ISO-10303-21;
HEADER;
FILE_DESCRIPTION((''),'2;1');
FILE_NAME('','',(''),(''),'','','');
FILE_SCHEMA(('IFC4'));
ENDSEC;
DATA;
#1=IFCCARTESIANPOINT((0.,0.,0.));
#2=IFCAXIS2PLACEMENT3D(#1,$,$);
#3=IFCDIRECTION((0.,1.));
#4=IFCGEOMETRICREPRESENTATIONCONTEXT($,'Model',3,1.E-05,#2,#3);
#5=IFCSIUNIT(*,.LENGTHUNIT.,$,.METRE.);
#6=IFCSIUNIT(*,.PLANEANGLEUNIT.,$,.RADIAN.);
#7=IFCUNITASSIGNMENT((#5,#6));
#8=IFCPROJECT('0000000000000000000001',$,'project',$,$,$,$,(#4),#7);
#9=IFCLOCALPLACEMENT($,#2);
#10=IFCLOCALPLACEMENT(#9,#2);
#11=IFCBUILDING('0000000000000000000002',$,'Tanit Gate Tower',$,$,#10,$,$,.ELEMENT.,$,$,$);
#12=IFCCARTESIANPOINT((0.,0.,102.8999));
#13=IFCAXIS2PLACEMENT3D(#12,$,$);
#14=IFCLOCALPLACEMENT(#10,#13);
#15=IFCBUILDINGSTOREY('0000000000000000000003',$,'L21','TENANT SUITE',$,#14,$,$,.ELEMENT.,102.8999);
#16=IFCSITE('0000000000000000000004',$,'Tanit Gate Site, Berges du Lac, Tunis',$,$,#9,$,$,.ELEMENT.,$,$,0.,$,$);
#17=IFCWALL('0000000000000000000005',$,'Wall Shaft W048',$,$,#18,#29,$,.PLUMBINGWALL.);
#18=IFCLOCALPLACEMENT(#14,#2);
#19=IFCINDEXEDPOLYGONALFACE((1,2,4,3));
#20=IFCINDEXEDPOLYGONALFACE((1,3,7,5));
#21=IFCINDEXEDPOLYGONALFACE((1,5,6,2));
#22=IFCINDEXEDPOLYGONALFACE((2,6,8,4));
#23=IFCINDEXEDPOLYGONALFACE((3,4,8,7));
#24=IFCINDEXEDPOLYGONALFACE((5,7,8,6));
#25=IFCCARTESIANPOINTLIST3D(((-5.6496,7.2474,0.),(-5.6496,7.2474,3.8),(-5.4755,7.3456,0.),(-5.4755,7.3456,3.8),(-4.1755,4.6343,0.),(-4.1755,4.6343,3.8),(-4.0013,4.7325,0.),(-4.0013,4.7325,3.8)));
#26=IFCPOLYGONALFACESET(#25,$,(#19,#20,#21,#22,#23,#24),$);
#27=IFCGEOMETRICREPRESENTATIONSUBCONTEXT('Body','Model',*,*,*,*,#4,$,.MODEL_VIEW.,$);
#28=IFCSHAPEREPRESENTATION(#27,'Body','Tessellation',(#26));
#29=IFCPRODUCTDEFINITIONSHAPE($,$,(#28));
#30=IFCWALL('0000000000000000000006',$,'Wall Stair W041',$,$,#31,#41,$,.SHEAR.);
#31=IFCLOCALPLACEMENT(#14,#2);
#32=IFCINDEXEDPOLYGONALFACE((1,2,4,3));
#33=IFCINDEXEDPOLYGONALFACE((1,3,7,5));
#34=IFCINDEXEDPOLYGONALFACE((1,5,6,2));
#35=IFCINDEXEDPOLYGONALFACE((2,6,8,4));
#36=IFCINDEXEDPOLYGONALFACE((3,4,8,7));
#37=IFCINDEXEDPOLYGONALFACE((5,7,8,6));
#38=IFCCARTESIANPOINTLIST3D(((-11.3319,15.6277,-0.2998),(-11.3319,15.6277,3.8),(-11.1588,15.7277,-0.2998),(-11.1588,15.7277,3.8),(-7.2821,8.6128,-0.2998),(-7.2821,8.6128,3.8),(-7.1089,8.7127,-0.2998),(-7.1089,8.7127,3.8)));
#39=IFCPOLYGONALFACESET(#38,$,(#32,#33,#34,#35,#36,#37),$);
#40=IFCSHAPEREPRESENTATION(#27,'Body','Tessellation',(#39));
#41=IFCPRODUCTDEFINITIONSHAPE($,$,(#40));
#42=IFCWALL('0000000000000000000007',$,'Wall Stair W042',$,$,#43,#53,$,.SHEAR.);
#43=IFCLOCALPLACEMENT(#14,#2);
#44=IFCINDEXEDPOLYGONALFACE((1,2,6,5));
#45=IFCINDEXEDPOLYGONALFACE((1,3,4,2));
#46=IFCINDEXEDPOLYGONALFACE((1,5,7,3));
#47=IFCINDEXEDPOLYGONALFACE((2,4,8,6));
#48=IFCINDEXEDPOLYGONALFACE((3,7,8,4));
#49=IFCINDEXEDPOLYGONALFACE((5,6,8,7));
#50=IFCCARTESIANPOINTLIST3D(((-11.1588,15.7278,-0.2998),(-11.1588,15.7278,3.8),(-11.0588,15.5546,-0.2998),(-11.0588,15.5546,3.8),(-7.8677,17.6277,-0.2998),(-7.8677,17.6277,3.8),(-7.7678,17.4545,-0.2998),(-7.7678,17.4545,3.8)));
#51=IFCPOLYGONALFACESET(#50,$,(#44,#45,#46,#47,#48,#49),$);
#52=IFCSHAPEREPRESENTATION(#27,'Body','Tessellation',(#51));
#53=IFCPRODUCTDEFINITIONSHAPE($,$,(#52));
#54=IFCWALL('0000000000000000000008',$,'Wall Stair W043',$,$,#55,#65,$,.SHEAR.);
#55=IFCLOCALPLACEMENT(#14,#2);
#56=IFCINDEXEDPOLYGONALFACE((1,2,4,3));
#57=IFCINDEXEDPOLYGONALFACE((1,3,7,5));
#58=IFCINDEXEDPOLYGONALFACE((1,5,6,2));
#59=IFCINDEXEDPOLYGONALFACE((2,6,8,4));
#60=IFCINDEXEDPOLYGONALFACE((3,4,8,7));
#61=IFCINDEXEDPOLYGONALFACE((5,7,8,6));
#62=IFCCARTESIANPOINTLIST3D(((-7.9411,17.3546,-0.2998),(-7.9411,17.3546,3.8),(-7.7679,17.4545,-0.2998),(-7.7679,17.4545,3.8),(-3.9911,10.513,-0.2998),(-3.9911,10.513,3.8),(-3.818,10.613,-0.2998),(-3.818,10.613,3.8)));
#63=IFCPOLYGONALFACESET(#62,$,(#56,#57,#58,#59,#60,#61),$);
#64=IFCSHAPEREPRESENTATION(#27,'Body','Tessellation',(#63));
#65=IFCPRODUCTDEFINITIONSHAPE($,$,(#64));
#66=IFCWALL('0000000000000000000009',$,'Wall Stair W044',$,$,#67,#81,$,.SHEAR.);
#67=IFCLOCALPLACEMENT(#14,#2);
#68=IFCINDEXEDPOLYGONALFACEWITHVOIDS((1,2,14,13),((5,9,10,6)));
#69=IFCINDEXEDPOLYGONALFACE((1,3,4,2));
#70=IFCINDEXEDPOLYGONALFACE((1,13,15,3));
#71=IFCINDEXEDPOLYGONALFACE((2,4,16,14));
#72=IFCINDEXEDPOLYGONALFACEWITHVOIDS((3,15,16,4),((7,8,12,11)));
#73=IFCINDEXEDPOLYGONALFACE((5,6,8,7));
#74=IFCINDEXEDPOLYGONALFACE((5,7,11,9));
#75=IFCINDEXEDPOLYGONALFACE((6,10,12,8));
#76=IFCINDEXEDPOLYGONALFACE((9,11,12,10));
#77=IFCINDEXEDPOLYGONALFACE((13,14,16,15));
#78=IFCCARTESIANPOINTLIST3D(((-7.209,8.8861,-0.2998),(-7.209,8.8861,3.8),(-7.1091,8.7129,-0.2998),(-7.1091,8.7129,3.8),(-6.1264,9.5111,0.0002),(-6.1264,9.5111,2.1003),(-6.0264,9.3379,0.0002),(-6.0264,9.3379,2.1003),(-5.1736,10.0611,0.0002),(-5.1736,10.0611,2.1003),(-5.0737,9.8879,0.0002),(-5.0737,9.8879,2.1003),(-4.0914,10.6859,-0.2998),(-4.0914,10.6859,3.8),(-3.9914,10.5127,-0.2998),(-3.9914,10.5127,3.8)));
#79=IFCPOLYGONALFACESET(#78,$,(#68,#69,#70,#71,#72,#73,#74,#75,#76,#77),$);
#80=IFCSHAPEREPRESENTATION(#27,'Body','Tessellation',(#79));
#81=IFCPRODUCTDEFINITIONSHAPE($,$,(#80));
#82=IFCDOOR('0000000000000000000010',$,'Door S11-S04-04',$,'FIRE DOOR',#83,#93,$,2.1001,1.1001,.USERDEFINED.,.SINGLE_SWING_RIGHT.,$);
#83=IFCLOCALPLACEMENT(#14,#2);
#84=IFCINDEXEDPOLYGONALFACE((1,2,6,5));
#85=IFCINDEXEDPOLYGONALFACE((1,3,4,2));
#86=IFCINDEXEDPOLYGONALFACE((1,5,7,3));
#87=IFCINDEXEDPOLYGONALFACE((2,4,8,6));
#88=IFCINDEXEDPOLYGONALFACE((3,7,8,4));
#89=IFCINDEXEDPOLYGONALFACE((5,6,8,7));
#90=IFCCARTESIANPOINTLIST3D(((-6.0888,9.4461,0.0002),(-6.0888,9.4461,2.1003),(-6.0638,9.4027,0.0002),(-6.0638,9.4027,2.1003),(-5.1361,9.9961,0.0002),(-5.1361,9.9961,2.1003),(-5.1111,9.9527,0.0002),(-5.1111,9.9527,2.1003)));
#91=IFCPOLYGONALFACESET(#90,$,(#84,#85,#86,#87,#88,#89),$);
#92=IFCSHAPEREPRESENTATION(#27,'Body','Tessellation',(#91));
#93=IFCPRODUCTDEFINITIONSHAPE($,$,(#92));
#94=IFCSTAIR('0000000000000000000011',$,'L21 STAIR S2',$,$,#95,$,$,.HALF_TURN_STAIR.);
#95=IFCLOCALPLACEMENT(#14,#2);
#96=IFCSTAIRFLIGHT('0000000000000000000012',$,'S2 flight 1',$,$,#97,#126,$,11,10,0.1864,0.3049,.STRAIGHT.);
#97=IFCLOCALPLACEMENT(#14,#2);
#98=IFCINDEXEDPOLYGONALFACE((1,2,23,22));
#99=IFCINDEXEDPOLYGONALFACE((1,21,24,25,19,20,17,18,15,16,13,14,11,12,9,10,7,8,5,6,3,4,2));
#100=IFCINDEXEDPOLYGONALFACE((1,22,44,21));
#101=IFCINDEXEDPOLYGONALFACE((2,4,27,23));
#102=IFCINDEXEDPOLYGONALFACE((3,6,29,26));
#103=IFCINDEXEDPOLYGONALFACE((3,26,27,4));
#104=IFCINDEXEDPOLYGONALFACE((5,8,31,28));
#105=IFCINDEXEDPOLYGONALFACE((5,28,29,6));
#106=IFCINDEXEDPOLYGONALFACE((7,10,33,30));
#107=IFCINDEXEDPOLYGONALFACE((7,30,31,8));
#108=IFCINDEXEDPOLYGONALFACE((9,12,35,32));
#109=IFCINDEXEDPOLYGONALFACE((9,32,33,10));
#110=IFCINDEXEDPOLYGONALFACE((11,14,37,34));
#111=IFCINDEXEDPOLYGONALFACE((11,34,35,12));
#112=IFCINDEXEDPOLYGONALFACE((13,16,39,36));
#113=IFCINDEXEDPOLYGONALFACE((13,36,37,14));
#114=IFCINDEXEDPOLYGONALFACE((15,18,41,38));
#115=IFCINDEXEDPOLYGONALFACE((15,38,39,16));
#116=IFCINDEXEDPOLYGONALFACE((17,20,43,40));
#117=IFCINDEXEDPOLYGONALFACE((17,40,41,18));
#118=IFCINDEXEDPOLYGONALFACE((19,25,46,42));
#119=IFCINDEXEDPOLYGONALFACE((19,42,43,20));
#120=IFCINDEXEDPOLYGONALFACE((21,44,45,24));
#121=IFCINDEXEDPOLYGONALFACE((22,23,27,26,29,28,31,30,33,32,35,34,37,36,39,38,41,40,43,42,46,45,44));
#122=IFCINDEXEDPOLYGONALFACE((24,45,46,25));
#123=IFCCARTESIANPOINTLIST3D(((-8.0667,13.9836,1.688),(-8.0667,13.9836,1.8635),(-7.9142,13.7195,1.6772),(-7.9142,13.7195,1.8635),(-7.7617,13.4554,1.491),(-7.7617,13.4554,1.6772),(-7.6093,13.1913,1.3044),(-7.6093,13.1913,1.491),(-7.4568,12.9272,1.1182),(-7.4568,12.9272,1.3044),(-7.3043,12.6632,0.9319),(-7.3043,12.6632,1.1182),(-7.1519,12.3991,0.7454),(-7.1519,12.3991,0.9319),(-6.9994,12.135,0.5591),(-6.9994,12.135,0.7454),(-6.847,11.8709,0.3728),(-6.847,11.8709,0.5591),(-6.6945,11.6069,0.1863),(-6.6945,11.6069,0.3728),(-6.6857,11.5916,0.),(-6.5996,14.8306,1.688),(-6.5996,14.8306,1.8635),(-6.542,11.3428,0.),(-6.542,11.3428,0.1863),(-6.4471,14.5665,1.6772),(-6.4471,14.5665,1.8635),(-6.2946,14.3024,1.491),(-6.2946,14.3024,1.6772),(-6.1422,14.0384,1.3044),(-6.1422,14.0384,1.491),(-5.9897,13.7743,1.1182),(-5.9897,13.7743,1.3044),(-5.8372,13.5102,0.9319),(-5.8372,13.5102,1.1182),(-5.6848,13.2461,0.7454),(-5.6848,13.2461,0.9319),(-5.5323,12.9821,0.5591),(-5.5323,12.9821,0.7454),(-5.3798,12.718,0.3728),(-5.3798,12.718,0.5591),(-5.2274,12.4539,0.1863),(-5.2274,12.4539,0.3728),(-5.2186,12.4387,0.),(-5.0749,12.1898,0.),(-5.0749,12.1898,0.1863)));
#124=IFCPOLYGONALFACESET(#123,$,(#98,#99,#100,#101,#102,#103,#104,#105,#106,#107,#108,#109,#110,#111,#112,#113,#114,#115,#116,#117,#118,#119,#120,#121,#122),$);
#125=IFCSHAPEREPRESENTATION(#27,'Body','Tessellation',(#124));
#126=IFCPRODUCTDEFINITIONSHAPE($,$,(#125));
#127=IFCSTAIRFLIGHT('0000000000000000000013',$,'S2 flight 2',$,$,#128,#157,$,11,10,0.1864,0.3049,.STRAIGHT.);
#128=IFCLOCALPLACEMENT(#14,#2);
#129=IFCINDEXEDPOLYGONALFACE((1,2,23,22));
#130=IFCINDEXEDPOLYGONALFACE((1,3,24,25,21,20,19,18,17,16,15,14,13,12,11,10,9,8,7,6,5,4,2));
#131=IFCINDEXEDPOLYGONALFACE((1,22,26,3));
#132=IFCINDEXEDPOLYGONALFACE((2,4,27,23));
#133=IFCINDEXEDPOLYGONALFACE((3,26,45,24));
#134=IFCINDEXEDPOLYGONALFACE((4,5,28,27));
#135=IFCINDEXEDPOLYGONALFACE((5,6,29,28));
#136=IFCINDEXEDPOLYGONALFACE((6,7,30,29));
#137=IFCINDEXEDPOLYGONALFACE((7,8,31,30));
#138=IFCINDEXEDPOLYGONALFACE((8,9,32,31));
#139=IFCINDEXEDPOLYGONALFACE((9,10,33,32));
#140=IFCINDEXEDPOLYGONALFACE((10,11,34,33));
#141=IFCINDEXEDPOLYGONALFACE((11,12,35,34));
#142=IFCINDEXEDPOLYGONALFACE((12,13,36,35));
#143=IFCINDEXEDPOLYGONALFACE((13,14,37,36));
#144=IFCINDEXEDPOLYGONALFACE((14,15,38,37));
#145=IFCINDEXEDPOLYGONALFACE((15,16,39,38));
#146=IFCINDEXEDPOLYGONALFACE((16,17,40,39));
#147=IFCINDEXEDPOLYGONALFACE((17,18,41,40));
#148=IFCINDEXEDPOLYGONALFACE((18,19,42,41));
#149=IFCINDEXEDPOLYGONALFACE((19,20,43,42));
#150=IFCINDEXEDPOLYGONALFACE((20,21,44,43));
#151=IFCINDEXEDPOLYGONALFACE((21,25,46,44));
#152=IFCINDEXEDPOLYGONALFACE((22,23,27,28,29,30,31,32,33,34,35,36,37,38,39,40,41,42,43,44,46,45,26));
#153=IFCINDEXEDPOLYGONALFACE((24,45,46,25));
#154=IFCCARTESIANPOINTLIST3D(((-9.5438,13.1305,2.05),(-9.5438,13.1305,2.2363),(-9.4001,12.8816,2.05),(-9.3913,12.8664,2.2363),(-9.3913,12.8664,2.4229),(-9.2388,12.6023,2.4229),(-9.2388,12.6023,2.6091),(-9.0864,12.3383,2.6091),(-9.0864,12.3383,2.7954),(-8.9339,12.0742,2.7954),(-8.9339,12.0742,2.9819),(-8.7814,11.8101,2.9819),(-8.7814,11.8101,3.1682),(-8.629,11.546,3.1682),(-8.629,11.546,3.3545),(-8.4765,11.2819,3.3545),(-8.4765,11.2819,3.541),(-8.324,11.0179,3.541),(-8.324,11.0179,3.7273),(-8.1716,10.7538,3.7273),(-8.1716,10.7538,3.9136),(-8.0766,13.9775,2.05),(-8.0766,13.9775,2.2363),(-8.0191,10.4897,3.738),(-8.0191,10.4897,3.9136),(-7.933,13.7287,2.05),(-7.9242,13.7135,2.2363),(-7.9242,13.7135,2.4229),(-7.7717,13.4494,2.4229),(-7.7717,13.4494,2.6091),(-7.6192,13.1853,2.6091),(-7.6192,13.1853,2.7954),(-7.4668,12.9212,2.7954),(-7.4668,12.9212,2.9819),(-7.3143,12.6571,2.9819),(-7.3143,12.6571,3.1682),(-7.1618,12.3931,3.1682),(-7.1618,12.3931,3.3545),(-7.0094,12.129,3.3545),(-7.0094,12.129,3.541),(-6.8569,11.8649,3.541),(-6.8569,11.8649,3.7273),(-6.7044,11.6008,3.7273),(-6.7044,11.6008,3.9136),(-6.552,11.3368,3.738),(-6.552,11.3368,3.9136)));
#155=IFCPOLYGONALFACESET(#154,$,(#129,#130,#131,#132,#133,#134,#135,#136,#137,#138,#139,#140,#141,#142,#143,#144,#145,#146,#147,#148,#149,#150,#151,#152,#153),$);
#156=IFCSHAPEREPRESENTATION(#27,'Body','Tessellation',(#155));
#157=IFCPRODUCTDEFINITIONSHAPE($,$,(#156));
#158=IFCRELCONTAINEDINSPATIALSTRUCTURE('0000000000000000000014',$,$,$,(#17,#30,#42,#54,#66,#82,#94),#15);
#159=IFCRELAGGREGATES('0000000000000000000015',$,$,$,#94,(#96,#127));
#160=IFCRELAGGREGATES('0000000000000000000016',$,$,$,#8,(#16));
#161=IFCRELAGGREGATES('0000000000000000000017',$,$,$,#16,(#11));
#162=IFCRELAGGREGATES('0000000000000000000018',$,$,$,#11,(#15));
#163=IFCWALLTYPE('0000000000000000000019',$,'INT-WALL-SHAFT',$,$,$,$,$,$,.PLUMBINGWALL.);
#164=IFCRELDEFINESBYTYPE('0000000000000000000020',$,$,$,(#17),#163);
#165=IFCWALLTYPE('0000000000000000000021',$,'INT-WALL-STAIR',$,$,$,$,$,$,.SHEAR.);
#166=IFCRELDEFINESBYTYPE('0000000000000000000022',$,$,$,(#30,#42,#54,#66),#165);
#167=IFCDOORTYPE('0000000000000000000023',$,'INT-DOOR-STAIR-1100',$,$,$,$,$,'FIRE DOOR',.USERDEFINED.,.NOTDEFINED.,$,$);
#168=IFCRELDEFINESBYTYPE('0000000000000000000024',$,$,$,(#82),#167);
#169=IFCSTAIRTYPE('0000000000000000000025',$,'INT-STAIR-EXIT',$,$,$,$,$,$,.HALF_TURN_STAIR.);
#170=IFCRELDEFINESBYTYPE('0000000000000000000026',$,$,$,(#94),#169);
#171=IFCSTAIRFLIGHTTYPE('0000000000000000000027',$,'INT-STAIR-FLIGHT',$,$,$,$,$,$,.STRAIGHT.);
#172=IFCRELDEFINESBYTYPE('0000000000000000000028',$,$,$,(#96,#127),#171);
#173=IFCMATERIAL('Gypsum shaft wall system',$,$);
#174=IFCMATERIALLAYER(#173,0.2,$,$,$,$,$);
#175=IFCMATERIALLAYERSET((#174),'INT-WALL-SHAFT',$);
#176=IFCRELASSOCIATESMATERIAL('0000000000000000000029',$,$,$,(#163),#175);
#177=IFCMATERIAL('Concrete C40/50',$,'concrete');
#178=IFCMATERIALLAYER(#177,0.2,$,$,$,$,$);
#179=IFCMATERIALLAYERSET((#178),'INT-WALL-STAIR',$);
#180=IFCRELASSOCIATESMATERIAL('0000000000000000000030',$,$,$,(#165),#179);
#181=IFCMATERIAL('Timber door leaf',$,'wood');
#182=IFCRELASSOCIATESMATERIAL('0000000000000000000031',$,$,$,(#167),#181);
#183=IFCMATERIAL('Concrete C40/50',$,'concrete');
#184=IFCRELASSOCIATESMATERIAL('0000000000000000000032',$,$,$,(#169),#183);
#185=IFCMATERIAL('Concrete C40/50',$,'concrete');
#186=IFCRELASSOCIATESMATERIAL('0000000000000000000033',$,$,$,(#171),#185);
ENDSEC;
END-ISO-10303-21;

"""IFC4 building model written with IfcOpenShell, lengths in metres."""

from ifc_helpers import new_model, si_unit, direction, frame, frame_2d, origin, place, context, subcontext, project, spatial, polyline, rectangle, outline, extrude, material, layer, layer_set, type_object, element, fill, aggregate, save


model = new_model("IFC4")

# Units and contexts
model_context = context("Model", 3, precision=1e-05, world=origin(), true_north=direction((0.0, 1.0)))
body_context = subcontext(model_context, "Body", "Model", "MODEL_VIEW")
ifc_project = project(units=[si_unit("LENGTHUNIT", "METRE"), si_unit("PLANEANGLEUNIT", "RADIAN")], contexts=[model_context])

# Site, building, storey
site_placement = place(None, origin())
site = spatial("IfcSite", under=ifc_project, at=site_placement, Name="Tanit Gate Site, Berges du Lac, Tunis", CompositionType="ELEMENT", RefElevation=0.0)
building_placement = place(site_placement, origin())
building = spatial("IfcBuilding", under=site, at=building_placement, Name="Tanit Gate Tower", CompositionType="ELEMENT")
storey_placement = place(building_placement, frame((0.0, 0.0, 102.8999)))
storey = spatial("IfcBuildingStorey", under=building, at=storey_placement, Name="L21", Description="TENANT SUITE", CompositionType="ELEMENT", Elevation=102.8999)

# Shared definitions
ifc_material_1 = material(Name="Gypsum shaft wall system")
ifc_layer_1 = layer(ifc_material_1, 0.2)
ifc_layer_set_1 = layer_set([ifc_layer_1], Name="INT-WALL-SHAFT")
wall_type_1 = type_object("IfcWallType", Name="INT-WALL-SHAFT", PredefinedType="PLUMBINGWALL", material=ifc_layer_set_1)

# Walls
wall_1_placement = place(storey_placement, frame((-5.5625, 7.2964, 0.0), z_axis=(0.0, 0.0, 1.0), x_axis=(0.491347, -0.870964, 0.0)))
element("IfcWall", 1, at=wall_1_placement, inside=storey, type_object=wall_type_1, Name="Wall Shaft W048", PredefinedType="PLUMBINGWALL", context=body_context, shape_type="SweptSolid", body=[
    extrude(rectangle(XDim=3.0002, YDim=0.2, at=frame_2d((1.5, 0.0))), origin(), (0.0, 0.0, 1.0), 3.8),
])
ifc_material_2 = material(Name="Concrete C40/50", Category="concrete")
ifc_layer_2 = layer(ifc_material_2, 0.2)
ifc_layer_set_2 = layer_set([ifc_layer_2], Name="INT-WALL-STAIR")
wall_type_2 = type_object("IfcWallType", Name="INT-WALL-STAIR", PredefinedType="SHEAR", material=ifc_layer_set_2)
wall_2_placement = place(storey_placement, frame((-11.2454, 15.6777, -0.2998), z_axis=(0.0, 0.0, 1.0), x_axis=(0.499977, -0.866039, 0.0)))
element("IfcWall", 2, at=wall_2_placement, inside=storey, type_object=wall_type_2, Name="Wall Stair W041", PredefinedType="SHEAR", context=body_context, shape_type="SweptSolid", body=[
    extrude(rectangle(XDim=8.1001, YDim=0.2, at=frame_2d((4.05, 0.0))), origin(), (0.0, 0.0, 1.0), 4.0999),
])
wall_3_placement = place(storey_placement, frame((-7.8179, 17.541, -0.2998), z_axis=(0.0, 0.0, 1.0), x_axis=(-0.866044, -0.499967, 0.0)))
element("IfcWall", 3, at=wall_3_placement, inside=storey, type_object=wall_type_2, Name="Wall Stair W042", PredefinedType="SHEAR", context=body_context, shape_type="SweptSolid", body=[
    extrude(rectangle(XDim=3.8, YDim=0.2, at=frame_2d((1.8999, 0.0))), origin(), (0.0, 0.0, 1.0), 4.0999),
])
wall_4_placement = place(storey_placement, frame((-7.8545, 17.4045, -0.2998), z_axis=(0.0, 0.0, 1.0), x_axis=(0.499998, -0.866027, 0.0)))
element("IfcWall", 4, at=wall_4_placement, inside=storey, type_object=wall_type_2, Name="Wall Stair W043", PredefinedType="SHEAR", context=body_context, shape_type="SweptSolid", body=[
    extrude(rectangle(XDim=7.8999, YDim=0.2, at=frame_2d((3.95, 0.0))), origin(), (0.0, 0.0, 1.0), 4.0999),
])

# Wall, opening, door
wall_5_placement = place(storey_placement, frame((-7.1589, 8.7996, -0.2998), z_axis=(0.0, 0.0, 1.0), x_axis=(0.866048, 0.499961, 0.0)))
wall_5 = element("IfcWall", 5, at=wall_5_placement, inside=storey, type_object=wall_type_2, Name="Wall Stair W044", PredefinedType="SHEAR", context=body_context, shape_type="SweptSolid", body=[
    extrude(rectangle(XDim=3.5999, YDim=0.2, at=frame_2d((1.7998, 0.0))), origin(), (0.0, 0.0, 1.0), 4.0999),
])
opening_1_placement = place(wall_5_placement, frame((1.25, 0.0, 0.3)))
opening_1 = element("IfcOpeningElement", 6, at=opening_1_placement, cuts=wall_5, PredefinedType="OPENING", context=body_context, shape_type="SweptSolid", body=[
    extrude(rectangle(XDim=1.1001, YDim=2.1001, at=frame_2d((0.55, 1.05))), frame((0.0, 0.1099, 0.0), z_axis=(0.0, -1.0, 0.0), x_axis=(1.0, 0.0, 0.0)), (0.0, 0.0, 1.0), 0.22),
])
ifc_material_3 = material(Name="Timber door leaf", Category="wood")
door_type_1 = type_object("IfcDoorType", Name="INT-DOOR-STAIR-1100", ElementType="FIRE DOOR", OperationType="NOTDEFINED", PredefinedType="USERDEFINED", material=ifc_material_3)
door_1_placement = place(opening_1_placement, origin())
door_1 = element("IfcDoor", 7, at=door_1_placement, inside=storey, type_object=door_type_1, Name="Door S11-S04-04", ObjectType="FIRE DOOR", OperationType="SINGLE_SWING_RIGHT", OverallHeight=2.1001, OverallWidth=1.1001, PredefinedType="USERDEFINED", context=body_context, shape_type="SweptSolid", body=[
    extrude(rectangle(XDim=1.1001, YDim=2.1001, at=frame_2d((0.55, 1.05))), frame((0.0, 0.0249, 0.0), z_axis=(0.0, -1.0, 0.0), x_axis=(1.0, 0.0, 0.0)), (0.0, 0.0, 1.0), 0.05),
])
fill(opening_1, door_1)

# Stair, stair flights
ifc_material_4 = material(Name="Concrete C40/50", Category="concrete")
stair_type = type_object("IfcStairType", Name="INT-STAIR-EXIT", PredefinedType="HALF_TURN_STAIR", material=ifc_material_4)
stair_placement = place(storey_placement, origin())
stair = element("IfcStair", 8, at=stair_placement, inside=storey, type_object=stair_type, Name="L21 STAIR S2", PredefinedType="HALF_TURN_STAIR")
ifc_material_5 = material(Name="Concrete C40/50", Category="concrete")
stair_flight_type = type_object("IfcStairFlightType", Name="INT-STAIR-FLIGHT", PredefinedType="STRAIGHT", material=ifc_material_5)
stair_flight_1_placement = place(storey_placement, frame((-5.8083, 11.7664, 0.0), z_axis=(0.0, 0.0, 1.0), x_axis=(-0.5, 0.866025, 0.0)))
stair_flight_1 = element("IfcStairFlight", 9, at=stair_flight_1_placement, type_object=stair_flight_type, Name="S2 flight 1", NumberOfRisers=11, NumberOfTreads=10, PredefinedType="STRAIGHT", RiserHeight=0.1864, TreadLength=0.3049, context=body_context, shape_type="SweptSolid", body=[
    extrude(outline(polyline([(0.0, 0.0), (0.0, 0.1863), (0.3049, 0.1863), (0.3049, 0.3728), (0.6099, 0.3728), (0.6099, 0.5591), (0.9148, 0.5591), (0.9148, 0.7454), (1.2197, 0.7454), (1.2197, 0.9319), (1.5247, 0.9319), (1.5247, 1.1182), (1.8296, 1.1182), (1.8296, 1.3044), (2.1345, 1.3044), (2.1345, 1.491), (2.4395, 1.491), (2.4395, 1.6772), (2.7444, 1.6772), (2.7444, 1.8635), (3.0493, 1.8635), (3.0493, 2.05), (3.0493, 1.688), (0.2874, 0.0), (0.0, 0.0)])), frame((0.0, 0.8472, 0.0), z_axis=(0.0, -1.0, 0.0), x_axis=(1.0, 0.0, 0.0)), (0.0, 0.0, 1.0), 1.6941),
])
stair_flight_2_placement = place(storey_placement, frame((-8.8103, 13.554, 2.05), z_axis=(0.0, 0.0, 1.0), x_axis=(0.5, -0.866025, 0.0)))
stair_flight_2 = element("IfcStairFlight", 10, at=stair_flight_2_placement, type_object=stair_flight_type, Name="S2 flight 2", NumberOfRisers=11, NumberOfTreads=10, PredefinedType="STRAIGHT", RiserHeight=0.1864, TreadLength=0.3049, context=body_context, shape_type="SweptSolid", body=[
    extrude(outline(polyline([(0.0, 0.0), (0.0, 0.1863), (0.3049, 0.1863), (0.3049, 0.3728), (0.6099, 0.3728), (0.6099, 0.5591), (0.9148, 0.5591), (0.9148, 0.7454), (1.2197, 0.7454), (1.2197, 0.9319), (1.5247, 0.9319), (1.5247, 1.1182), (1.8296, 1.1182), (1.8296, 1.3044), (2.1345, 1.3044), (2.1345, 1.491), (2.4395, 1.491), (2.4395, 1.6772), (2.7444, 1.6772), (2.7444, 1.8635), (3.0493, 1.8635), (3.0493, 2.05), (3.0493, 1.688), (0.2874, 0.0), (0.0, 0.0)])), frame((0.0, 0.8472, 0.0), z_axis=(0.0, -1.0, 0.0), x_axis=(1.0, 0.0, 0.0)), (0.0, 0.0, 1.0), 1.6941),
])
aggregate(stair, [stair_flight_1, stair_flight_2])

save(model, "model.ifc")
